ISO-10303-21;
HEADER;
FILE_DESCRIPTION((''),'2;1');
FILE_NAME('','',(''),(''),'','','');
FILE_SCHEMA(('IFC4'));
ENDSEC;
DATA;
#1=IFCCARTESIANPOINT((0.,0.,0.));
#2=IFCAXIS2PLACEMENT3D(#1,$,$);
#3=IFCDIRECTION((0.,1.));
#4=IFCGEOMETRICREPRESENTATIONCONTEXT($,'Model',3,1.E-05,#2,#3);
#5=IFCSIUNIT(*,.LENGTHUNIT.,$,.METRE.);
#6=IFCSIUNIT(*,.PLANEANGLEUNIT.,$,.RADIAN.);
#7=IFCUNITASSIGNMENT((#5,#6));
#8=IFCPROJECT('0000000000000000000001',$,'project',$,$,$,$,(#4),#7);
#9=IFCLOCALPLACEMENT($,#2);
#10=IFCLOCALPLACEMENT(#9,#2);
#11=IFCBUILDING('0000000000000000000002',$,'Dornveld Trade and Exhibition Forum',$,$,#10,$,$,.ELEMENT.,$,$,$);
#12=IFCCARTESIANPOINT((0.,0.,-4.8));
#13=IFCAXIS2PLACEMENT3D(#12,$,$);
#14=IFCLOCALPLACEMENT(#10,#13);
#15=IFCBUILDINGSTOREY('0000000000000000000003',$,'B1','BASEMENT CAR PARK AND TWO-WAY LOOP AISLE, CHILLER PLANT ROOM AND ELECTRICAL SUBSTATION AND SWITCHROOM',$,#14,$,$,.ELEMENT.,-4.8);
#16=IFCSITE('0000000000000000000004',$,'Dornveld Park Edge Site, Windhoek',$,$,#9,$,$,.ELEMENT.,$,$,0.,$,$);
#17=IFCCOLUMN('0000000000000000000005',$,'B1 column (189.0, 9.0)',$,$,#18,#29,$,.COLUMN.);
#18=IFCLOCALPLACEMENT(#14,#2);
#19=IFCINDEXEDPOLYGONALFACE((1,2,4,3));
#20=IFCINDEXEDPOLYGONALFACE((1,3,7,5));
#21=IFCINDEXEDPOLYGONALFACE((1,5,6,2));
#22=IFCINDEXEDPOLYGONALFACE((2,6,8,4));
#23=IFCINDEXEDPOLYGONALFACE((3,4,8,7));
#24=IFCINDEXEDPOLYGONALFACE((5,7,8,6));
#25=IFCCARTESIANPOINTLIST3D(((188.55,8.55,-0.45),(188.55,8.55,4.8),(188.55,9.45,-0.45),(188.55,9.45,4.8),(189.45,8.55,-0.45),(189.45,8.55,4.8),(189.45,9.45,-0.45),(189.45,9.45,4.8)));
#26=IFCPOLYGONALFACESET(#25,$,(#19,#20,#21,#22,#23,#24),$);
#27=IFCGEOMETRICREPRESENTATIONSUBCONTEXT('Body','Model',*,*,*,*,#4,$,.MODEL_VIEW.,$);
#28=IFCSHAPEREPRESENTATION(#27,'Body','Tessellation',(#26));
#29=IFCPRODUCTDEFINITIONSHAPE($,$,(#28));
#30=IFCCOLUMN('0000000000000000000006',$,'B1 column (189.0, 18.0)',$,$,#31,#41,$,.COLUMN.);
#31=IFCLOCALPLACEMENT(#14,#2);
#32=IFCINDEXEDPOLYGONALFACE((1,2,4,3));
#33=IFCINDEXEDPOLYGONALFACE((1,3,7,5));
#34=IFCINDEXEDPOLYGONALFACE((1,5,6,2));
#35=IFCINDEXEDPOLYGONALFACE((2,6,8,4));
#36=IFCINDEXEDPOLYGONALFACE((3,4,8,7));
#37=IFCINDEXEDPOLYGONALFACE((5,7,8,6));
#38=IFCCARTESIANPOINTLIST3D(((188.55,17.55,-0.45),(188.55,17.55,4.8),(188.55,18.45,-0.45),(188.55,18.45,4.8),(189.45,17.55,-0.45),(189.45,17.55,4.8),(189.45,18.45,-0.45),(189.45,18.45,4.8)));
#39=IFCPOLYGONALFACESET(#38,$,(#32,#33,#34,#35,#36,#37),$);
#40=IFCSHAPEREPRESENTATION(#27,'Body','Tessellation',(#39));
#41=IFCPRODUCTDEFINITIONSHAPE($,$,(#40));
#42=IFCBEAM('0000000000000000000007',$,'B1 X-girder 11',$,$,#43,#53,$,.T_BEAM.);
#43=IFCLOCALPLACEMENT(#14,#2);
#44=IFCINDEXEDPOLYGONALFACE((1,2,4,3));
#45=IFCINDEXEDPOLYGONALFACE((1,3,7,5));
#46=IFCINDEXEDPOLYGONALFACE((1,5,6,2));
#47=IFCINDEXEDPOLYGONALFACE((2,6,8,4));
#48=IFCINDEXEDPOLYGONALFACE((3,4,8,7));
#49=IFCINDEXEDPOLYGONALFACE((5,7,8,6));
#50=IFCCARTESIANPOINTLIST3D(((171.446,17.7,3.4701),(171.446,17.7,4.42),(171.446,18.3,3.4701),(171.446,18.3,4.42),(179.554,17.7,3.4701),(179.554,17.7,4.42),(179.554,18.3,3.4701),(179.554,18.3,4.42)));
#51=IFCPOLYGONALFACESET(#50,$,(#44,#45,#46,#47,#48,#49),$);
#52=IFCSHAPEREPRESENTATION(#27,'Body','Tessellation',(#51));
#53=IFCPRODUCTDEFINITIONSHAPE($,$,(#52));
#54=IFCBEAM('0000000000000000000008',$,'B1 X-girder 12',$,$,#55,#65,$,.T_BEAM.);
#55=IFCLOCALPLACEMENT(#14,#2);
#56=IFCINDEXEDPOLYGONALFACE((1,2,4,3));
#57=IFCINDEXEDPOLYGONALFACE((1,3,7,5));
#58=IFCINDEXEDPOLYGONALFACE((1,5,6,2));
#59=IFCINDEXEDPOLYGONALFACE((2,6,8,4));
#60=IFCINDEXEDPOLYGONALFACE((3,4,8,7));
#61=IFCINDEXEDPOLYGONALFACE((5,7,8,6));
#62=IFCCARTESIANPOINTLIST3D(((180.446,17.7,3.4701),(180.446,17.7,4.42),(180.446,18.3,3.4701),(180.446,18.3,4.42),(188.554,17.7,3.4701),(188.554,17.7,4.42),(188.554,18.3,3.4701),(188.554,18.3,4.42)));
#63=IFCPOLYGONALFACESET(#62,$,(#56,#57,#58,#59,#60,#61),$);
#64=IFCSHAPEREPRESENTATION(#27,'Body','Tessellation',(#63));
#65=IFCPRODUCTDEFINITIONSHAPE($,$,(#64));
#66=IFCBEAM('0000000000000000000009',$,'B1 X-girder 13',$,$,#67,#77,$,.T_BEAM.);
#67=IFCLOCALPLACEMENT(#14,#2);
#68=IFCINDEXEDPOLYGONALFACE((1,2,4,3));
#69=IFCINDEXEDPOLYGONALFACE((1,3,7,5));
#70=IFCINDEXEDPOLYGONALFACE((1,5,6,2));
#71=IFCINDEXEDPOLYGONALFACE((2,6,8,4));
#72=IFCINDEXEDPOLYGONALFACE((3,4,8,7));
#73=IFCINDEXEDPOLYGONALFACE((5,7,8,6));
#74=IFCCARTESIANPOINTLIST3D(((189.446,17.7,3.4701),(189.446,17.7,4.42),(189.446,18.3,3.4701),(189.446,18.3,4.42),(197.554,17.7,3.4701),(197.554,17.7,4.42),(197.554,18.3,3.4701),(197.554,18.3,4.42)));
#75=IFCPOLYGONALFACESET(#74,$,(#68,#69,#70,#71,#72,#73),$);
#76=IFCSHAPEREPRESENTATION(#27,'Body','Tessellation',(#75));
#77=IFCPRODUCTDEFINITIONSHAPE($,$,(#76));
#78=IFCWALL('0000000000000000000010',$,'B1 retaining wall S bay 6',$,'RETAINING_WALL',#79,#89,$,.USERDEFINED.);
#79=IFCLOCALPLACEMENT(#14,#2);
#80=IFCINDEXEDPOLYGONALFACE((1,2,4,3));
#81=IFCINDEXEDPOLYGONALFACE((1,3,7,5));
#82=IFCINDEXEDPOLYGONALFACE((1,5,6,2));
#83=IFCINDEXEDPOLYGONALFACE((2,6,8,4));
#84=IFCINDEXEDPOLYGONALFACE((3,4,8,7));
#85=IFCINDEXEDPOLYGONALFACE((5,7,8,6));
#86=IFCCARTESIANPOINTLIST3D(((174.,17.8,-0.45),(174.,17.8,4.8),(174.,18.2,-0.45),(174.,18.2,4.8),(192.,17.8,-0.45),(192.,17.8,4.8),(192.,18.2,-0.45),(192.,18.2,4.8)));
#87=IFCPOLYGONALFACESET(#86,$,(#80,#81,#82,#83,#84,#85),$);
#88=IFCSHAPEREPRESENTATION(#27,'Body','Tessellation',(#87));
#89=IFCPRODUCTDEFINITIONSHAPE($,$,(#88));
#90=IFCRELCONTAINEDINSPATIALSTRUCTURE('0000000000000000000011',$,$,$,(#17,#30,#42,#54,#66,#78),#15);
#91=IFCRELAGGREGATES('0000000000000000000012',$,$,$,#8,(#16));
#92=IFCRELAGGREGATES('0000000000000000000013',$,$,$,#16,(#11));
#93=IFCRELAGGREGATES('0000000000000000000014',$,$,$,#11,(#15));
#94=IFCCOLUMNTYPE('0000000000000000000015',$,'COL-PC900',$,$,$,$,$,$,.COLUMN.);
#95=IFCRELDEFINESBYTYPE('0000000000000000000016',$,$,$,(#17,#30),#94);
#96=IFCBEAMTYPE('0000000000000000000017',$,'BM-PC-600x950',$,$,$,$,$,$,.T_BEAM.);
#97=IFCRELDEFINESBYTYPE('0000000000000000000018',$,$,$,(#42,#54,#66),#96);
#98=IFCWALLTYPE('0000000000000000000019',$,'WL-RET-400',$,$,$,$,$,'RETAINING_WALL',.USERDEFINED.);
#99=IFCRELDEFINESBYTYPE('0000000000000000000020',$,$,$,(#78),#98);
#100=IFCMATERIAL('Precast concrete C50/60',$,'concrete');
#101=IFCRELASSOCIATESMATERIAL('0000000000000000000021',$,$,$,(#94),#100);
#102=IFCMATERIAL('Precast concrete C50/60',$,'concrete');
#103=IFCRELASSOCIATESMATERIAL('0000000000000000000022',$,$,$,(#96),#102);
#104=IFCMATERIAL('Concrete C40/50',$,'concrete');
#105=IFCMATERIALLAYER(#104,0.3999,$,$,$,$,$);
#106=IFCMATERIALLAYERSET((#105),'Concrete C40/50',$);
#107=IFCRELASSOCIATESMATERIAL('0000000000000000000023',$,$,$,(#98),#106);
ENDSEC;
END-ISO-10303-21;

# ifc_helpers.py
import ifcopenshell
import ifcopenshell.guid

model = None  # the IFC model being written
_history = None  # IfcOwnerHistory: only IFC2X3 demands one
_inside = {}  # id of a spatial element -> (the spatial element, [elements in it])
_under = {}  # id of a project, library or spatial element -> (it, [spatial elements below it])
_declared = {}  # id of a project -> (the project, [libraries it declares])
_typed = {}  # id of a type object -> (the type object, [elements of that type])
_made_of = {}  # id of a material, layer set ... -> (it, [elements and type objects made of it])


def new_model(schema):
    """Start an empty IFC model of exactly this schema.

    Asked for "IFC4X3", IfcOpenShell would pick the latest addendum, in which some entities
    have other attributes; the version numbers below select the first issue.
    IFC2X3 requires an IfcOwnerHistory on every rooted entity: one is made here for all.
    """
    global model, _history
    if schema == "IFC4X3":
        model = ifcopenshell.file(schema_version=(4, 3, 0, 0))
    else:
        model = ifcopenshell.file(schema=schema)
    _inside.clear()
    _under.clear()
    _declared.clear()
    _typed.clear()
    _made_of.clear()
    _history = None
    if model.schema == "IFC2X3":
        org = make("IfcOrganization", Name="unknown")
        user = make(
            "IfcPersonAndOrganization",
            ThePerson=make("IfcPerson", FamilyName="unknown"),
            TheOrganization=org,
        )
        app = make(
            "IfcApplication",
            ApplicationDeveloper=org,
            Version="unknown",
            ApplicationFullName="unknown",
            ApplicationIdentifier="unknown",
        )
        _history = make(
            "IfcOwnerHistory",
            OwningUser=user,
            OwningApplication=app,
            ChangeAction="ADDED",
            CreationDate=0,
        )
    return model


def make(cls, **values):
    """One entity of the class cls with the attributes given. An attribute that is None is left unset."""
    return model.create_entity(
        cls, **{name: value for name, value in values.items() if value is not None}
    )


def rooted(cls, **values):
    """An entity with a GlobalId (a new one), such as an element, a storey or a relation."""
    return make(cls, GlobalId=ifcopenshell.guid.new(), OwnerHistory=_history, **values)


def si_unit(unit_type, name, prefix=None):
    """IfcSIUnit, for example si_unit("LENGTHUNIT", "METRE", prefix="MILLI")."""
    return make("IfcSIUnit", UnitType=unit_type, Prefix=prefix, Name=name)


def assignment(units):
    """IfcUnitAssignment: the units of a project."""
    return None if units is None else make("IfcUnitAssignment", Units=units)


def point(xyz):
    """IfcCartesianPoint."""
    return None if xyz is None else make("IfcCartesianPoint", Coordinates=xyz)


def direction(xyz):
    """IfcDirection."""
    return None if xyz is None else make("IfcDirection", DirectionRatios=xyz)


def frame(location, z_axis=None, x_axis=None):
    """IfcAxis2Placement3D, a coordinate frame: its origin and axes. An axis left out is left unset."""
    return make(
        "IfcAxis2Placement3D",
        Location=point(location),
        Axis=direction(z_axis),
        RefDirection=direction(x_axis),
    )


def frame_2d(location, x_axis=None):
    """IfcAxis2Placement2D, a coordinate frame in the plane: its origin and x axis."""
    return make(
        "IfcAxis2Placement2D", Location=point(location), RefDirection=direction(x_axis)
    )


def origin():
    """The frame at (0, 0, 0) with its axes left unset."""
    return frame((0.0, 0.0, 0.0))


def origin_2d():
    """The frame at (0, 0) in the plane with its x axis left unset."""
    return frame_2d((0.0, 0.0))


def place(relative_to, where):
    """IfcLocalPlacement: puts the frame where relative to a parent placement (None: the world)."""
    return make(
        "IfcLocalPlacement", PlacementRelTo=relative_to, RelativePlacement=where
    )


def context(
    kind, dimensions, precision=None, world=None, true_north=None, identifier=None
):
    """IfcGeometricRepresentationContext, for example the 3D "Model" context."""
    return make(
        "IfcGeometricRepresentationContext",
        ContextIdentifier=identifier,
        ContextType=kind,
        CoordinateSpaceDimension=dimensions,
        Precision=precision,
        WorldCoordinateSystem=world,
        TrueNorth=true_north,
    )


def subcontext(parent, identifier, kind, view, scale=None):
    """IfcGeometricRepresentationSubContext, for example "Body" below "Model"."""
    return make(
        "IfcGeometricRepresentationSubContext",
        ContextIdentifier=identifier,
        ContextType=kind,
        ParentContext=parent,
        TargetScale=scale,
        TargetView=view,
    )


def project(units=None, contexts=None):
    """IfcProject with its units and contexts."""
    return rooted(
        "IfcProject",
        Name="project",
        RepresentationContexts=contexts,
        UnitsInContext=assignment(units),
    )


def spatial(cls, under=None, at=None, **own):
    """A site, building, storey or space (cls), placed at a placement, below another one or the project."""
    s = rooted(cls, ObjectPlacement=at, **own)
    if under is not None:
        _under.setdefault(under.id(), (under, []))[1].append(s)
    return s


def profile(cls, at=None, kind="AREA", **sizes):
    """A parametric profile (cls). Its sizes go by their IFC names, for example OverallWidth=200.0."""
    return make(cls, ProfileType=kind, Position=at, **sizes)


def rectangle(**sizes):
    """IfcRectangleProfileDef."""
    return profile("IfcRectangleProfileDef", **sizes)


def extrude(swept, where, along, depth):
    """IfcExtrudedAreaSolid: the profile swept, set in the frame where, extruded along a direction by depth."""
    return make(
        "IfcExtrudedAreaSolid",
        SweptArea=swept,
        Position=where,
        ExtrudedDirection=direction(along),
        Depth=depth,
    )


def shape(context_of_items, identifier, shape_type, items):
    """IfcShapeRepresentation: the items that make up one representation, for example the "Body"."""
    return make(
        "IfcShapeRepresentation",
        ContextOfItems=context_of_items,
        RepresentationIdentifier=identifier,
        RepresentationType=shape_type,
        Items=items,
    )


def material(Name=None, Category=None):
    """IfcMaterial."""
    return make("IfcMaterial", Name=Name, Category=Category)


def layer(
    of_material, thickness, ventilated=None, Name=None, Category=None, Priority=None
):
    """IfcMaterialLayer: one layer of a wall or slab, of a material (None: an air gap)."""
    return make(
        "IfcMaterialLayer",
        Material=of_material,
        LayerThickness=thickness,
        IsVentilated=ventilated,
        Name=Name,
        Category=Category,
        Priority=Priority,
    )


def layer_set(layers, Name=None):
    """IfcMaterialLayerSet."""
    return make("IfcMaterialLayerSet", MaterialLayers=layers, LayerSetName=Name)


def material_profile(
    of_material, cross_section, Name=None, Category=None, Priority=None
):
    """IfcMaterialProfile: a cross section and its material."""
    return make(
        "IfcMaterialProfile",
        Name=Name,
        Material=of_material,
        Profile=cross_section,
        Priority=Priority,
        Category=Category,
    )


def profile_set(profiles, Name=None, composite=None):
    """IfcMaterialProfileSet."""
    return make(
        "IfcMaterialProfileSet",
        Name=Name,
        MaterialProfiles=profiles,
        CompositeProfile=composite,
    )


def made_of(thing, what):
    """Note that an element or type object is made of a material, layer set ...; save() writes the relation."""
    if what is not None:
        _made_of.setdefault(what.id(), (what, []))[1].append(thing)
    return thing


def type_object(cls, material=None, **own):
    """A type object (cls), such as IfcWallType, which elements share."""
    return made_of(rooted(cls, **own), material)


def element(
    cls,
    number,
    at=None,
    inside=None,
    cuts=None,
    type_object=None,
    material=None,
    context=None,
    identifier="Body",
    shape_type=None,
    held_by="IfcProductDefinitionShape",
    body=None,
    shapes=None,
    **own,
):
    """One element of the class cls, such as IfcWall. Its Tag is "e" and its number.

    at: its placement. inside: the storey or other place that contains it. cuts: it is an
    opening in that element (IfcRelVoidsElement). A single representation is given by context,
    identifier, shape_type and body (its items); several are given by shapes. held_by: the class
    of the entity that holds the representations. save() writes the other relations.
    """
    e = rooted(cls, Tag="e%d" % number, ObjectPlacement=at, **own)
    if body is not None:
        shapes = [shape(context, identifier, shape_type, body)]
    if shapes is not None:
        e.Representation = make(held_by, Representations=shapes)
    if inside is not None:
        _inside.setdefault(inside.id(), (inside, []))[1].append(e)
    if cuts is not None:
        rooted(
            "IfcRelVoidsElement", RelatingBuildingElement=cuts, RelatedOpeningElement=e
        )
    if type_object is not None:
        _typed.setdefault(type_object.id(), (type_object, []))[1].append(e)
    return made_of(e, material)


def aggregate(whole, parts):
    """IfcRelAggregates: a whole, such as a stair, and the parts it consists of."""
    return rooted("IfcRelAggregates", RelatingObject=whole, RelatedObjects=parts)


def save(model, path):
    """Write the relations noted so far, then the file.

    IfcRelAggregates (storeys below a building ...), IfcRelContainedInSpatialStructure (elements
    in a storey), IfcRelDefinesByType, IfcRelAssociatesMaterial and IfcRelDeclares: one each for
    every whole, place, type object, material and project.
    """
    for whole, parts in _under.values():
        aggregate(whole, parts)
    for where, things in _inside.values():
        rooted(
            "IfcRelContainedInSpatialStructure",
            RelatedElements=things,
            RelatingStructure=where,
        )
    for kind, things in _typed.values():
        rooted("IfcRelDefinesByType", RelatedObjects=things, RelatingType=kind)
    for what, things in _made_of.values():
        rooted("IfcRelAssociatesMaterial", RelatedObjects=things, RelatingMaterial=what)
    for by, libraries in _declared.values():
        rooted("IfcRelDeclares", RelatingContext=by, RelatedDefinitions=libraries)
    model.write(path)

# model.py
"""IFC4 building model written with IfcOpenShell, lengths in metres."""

from ifc_helpers import new_model, si_unit, direction, frame, frame_2d, origin, origin_2d, place, context, subcontext, project, spatial, rectangle, extrude, material, layer, layer_set, material_profile, profile_set, type_object, element, save


model = new_model("IFC4")

# Units and contexts
model_context = context("Model", 3, precision=1e-05, world=origin(), true_north=direction((0.0, 1.0)))
body_context = subcontext(model_context, "Body", "Model", "MODEL_VIEW")
ifc_project = project(units=[si_unit("LENGTHUNIT", "METRE"), si_unit("PLANEANGLEUNIT", "RADIAN")], contexts=[model_context])

# Site, building, storey
site_placement = place(None, origin())
site = spatial("IfcSite", under=ifc_project, at=site_placement, Name="Dornveld Park Edge Site, Windhoek", CompositionType="ELEMENT", RefElevation=0.0)
building_placement = place(site_placement, origin())
building = spatial("IfcBuilding", under=site, at=building_placement, Name="Dornveld Trade and Exhibition Forum", CompositionType="ELEMENT")
storey_placement = place(building_placement, frame((0.0, 0.0, -4.8)))
storey = spatial("IfcBuildingStorey", under=building, at=storey_placement, Name="B1", Description="BASEMENT CAR PARK AND TWO-WAY LOOP AISLE, CHILLER PLANT ROOM AND ELECTRICAL SUBSTATION AND SWITCHROOM", CompositionType="ELEMENT", Elevation=-4.8)

# Columns
ifc_material_1 = material(Name="Precast concrete C50/60", Category="concrete")
ifc_material_profile_1 = material_profile(ifc_material_1, rectangle(XDim=0.8999, YDim=0.8999, at=origin_2d()), Name="PC-COL 900x900")
ifc_profile_set_1 = profile_set([ifc_material_profile_1], Name="Precast concrete C50/60")
column_type = type_object("IfcColumnType", Name="COL-PC900", PredefinedType="COLUMN", material=ifc_profile_set_1)
for number, where, z_axis, x_axis, name in (
    (1, (189.0, 9.0, -0.45), (0.0, 0.0, 1.0), (1.0, 0.0, 0.0), "B1 column (189.0, 9.0)"),
    (2, (189.0, 18.0, -0.45), (0.0, 0.0, 1.0), (1.0, 0.0, 0.0), "B1 column (189.0, 18.0)"),
):
    element("IfcColumn", number, at=place(storey_placement, frame(where, z_axis=z_axis, x_axis=x_axis)), inside=storey, type_object=column_type, Name=name, PredefinedType="COLUMN", context=body_context, shape_type="SweptSolid", body=[
        extrude(rectangle(XDim=0.8999, YDim=0.8999, at=origin_2d()), origin(), (0.0, 0.0, 1.0), 5.25),
    ])

# Beams
ifc_material_2 = material(Name="Precast concrete C50/60", Category="concrete")
ifc_material_profile_2 = material_profile(ifc_material_2, rectangle(XDim=0.6001, YDim=0.95, at=origin_2d()), Name="PC-GIR 600x950")
ifc_profile_set_2 = profile_set([ifc_material_profile_2], Name="Precast concrete C50/60")
beam_type = type_object("IfcBeamType", Name="BM-PC-600x950", PredefinedType="T_BEAM", material=ifc_profile_set_2)
for number, where, z_axis, x_axis, name in (
    (3, (171.446, 18.0, 3.9451), (1.0, 0.0, 0.0), (0.0, 1.0, 0.0), "B1 X-girder 11"),
    (4, (180.446, 18.0, 3.9451), (1.0, 0.0, 0.0), (0.0, 1.0, 0.0), "B1 X-girder 12"),
    (5, (189.446, 18.0, 3.9451), (1.0, 0.0, 0.0), (0.0, 1.0, 0.0), "B1 X-girder 13"),
):
    element("IfcBeam", number, at=place(storey_placement, frame(where, z_axis=z_axis, x_axis=x_axis)), inside=storey, type_object=beam_type, Name=name, PredefinedType="T_BEAM", context=body_context, shape_type="SweptSolid", body=[
        extrude(rectangle(XDim=0.6001, YDim=0.95, at=origin_2d()), origin(), (0.0, 0.0, 1.0), 8.1079),
    ])

# Wall
ifc_material_3 = material(Name="Concrete C40/50", Category="concrete")
ifc_layer = layer(ifc_material_3, 0.3999)
ifc_layer_set = layer_set([ifc_layer], Name="Concrete C40/50")
wall_type = type_object("IfcWallType", Name="WL-RET-400", ElementType="RETAINING_WALL", PredefinedType="USERDEFINED", material=ifc_layer_set)
wall_placement = place(storey_placement, frame((174.0, 18.0, -0.45), z_axis=(0.0, 0.0, 1.0), x_axis=(1.0, 0.0, 0.0)))
element("IfcWall", 6, at=wall_placement, inside=storey, type_object=wall_type, Name="B1 retaining wall S bay 6", ObjectType="RETAINING_WALL", PredefinedType="USERDEFINED", context=body_context, shape_type="SweptSolid", body=[
    extrude(rectangle(XDim=18.0, YDim=0.3999, at=frame_2d((9.0, 0.0))), origin(), (0.0, 0.0, 1.0), 5.25),
])

save(model, "model.ifc")
